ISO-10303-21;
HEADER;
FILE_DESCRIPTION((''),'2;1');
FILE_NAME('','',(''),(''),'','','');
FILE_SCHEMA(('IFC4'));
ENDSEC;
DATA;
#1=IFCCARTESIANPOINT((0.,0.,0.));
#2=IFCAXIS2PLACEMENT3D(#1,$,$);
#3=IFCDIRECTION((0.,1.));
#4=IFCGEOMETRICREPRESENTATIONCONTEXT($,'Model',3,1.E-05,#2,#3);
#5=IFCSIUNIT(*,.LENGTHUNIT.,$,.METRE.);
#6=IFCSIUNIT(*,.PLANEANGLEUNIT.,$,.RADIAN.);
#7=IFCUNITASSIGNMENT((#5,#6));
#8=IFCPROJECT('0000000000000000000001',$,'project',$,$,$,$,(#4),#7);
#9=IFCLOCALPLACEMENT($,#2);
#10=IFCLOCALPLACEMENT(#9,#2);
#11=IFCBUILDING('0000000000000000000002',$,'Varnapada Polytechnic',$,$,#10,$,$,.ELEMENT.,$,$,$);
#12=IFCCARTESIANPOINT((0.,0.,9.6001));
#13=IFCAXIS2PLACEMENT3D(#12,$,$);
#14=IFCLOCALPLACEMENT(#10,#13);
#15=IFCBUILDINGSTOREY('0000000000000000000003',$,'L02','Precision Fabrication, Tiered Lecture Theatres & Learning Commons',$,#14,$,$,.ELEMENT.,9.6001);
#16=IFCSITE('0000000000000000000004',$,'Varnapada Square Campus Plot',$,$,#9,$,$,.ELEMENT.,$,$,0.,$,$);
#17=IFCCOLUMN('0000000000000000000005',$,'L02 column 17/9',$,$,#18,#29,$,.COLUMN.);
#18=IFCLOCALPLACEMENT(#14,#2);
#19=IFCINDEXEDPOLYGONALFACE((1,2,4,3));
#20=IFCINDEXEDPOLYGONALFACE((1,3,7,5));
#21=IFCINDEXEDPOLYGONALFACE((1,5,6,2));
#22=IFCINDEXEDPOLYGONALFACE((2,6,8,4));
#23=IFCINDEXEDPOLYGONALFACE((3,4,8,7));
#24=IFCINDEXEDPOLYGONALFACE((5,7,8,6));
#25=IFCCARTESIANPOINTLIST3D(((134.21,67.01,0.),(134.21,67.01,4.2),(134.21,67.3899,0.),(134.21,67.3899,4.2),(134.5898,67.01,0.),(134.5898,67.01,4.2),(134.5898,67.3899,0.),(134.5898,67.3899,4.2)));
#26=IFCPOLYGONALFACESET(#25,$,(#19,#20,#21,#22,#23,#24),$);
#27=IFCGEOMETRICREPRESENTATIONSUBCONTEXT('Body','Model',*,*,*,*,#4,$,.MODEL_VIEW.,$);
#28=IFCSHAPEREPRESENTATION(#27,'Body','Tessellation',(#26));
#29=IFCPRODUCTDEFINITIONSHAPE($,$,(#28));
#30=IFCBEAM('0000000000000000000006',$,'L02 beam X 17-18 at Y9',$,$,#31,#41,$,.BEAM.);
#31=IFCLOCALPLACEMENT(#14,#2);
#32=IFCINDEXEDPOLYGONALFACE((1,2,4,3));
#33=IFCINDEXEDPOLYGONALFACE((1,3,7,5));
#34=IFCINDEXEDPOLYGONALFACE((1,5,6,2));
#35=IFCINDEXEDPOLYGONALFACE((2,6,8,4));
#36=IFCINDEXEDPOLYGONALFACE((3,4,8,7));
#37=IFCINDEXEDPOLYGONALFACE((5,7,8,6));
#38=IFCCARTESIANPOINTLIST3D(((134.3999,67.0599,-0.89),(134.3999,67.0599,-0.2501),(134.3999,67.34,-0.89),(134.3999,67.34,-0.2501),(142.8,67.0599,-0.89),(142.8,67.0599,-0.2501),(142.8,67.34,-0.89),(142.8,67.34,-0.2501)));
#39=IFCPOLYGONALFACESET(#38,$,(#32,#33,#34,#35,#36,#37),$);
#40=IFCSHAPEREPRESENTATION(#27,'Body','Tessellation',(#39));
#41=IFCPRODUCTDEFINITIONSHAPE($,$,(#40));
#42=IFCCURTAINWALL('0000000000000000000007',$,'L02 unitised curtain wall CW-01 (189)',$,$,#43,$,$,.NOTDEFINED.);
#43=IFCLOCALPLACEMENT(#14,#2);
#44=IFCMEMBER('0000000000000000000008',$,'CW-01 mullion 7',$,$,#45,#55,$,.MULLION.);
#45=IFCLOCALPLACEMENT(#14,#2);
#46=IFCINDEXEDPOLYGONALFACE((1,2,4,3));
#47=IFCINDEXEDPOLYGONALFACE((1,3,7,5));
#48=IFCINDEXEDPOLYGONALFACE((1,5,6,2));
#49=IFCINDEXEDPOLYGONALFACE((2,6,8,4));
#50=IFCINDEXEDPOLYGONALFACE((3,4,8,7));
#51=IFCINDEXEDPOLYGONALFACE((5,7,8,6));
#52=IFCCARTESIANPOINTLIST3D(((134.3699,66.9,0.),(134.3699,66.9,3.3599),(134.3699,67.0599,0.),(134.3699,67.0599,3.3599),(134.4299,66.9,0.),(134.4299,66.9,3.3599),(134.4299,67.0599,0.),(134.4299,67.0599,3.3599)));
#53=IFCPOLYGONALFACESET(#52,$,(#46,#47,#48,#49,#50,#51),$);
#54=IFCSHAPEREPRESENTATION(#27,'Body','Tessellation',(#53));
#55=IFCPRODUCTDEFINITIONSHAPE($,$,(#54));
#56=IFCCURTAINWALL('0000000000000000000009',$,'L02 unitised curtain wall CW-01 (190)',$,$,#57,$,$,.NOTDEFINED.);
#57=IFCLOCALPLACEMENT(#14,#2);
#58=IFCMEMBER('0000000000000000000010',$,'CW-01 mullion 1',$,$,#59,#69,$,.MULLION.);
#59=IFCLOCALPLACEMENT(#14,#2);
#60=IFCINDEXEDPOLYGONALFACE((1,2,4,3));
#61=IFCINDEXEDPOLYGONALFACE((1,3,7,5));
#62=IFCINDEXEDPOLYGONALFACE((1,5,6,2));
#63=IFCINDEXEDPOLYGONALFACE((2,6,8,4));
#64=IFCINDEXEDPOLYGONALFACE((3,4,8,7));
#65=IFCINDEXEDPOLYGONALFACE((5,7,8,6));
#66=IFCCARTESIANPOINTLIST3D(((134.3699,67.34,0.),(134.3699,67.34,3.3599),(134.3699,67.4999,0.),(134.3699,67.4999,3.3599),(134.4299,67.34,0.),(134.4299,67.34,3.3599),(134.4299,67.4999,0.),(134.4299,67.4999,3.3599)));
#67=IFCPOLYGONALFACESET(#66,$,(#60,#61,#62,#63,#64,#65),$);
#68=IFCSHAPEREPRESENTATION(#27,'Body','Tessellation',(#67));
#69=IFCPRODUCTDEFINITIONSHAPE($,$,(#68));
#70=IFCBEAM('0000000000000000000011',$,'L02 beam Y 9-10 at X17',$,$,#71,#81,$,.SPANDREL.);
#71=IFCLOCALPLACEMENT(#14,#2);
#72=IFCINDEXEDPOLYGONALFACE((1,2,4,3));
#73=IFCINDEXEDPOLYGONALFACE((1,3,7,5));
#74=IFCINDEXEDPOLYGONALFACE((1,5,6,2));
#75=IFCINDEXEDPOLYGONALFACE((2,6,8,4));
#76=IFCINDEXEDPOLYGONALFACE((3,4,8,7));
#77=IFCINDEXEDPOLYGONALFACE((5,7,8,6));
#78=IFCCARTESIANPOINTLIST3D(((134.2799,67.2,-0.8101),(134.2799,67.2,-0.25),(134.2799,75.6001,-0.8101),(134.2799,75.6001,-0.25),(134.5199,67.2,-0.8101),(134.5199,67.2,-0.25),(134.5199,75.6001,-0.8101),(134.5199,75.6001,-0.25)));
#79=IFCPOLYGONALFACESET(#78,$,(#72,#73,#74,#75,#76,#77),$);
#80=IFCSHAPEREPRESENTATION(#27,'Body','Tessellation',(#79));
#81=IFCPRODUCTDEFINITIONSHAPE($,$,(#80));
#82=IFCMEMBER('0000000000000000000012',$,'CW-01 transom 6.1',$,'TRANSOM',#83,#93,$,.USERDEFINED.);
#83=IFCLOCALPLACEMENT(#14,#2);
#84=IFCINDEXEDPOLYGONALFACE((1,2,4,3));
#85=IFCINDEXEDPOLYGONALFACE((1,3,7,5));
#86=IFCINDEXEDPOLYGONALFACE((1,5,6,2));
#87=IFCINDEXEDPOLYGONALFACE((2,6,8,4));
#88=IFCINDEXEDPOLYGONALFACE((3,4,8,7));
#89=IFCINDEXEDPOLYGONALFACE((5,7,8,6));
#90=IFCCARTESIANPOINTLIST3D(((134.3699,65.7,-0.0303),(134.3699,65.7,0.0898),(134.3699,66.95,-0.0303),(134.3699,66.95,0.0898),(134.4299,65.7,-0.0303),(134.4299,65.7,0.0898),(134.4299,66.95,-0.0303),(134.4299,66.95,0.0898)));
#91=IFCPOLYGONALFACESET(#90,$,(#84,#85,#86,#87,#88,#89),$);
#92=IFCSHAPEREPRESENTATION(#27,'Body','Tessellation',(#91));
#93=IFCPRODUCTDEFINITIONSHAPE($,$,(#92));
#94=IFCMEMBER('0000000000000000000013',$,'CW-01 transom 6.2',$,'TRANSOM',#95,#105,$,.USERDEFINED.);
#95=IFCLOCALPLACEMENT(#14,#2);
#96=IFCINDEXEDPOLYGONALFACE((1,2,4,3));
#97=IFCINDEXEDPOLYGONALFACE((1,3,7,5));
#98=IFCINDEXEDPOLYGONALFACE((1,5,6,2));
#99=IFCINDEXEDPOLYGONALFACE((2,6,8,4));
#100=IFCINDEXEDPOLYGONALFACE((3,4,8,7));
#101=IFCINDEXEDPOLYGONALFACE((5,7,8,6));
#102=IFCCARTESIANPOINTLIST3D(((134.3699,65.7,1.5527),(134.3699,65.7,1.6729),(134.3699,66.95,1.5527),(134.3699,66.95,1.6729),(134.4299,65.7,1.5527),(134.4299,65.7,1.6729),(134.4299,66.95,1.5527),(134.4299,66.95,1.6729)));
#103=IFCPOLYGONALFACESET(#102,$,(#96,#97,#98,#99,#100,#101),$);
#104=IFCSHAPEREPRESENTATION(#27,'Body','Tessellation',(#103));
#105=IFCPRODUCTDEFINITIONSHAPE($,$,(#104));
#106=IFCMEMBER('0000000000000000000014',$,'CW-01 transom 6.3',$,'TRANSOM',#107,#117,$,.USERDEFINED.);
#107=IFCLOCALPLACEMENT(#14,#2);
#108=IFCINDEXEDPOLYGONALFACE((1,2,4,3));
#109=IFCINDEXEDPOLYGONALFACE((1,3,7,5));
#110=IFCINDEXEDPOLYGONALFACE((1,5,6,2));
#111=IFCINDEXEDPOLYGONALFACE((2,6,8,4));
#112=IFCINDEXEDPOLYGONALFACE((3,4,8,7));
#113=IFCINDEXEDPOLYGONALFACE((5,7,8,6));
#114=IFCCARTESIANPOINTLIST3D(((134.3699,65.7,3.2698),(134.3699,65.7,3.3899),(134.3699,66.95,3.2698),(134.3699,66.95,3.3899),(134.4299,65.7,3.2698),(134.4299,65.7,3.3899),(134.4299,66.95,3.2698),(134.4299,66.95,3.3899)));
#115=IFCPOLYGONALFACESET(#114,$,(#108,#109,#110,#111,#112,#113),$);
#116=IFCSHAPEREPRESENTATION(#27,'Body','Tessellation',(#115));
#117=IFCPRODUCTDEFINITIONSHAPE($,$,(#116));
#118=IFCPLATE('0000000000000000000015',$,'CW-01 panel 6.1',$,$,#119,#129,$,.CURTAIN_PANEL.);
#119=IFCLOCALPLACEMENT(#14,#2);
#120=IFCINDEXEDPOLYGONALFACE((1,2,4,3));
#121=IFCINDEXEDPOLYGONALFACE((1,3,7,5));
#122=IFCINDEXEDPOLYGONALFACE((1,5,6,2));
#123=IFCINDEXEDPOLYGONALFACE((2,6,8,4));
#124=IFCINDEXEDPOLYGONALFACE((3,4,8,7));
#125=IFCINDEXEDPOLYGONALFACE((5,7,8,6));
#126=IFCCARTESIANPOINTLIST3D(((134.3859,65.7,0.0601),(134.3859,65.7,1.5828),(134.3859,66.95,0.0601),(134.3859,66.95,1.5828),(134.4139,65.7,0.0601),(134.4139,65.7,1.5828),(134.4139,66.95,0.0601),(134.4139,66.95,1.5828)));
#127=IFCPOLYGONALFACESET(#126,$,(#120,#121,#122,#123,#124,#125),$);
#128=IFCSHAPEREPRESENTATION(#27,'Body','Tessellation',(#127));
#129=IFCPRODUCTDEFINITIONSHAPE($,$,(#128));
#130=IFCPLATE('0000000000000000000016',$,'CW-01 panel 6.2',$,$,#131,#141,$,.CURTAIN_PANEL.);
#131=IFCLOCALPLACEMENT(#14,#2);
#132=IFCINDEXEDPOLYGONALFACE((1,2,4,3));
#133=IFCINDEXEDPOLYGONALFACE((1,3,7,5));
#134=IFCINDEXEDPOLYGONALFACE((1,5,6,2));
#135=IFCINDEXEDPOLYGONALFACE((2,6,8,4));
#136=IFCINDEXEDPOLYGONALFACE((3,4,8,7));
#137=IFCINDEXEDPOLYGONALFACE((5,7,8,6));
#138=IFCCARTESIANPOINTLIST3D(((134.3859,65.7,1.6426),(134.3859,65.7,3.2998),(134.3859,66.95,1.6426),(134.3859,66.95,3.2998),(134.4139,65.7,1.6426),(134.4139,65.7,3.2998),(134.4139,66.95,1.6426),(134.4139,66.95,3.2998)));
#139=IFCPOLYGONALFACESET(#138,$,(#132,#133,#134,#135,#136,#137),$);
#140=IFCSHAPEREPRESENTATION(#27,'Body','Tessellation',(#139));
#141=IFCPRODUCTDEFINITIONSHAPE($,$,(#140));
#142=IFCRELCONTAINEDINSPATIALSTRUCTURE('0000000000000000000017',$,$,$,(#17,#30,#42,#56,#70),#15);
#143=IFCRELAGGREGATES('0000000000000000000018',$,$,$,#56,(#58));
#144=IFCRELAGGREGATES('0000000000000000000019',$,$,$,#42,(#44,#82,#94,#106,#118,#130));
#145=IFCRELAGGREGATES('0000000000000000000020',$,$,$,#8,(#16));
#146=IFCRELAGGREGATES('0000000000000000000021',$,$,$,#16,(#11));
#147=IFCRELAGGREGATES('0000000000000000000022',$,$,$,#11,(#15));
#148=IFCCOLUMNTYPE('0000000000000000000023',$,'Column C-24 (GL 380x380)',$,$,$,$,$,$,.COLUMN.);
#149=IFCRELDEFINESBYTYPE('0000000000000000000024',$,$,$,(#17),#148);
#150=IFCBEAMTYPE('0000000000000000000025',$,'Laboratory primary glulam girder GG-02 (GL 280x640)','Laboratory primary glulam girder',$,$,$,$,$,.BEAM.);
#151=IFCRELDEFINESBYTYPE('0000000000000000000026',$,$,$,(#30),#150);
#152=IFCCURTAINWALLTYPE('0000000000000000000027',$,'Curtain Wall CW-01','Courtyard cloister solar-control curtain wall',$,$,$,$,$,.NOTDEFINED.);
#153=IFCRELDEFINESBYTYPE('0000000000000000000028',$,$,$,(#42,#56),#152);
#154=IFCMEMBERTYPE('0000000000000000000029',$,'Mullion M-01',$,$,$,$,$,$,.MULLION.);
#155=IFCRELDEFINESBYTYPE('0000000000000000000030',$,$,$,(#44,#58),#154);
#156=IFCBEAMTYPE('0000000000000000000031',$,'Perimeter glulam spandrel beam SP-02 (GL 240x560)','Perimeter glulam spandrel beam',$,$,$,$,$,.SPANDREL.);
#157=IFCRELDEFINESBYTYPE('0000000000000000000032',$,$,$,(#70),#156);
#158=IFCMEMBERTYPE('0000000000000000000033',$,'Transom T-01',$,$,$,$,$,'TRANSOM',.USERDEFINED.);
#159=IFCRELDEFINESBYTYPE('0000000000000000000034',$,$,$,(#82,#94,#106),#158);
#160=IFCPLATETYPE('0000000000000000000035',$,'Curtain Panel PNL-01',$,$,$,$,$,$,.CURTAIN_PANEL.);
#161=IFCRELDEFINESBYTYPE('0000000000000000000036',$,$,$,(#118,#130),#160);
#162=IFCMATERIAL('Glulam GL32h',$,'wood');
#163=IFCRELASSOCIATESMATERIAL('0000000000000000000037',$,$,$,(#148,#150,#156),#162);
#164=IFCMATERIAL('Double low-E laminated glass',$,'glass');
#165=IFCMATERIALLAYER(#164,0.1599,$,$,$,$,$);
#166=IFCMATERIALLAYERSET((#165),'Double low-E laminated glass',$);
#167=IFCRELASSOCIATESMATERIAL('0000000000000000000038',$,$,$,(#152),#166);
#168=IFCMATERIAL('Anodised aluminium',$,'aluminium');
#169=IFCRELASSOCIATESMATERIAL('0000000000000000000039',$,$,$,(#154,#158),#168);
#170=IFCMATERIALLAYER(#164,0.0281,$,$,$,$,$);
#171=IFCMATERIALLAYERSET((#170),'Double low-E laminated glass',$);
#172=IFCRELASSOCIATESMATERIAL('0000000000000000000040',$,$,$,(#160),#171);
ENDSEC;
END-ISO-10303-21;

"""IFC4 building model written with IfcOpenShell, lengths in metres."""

from ifc_helpers import new_model, si_unit, direction, frame, origin, origin_2d, place, context, subcontext, project, spatial, rectangle, extrude, material, layer, layer_set, material_profile, profile_set, type_object, element, aggregate, save


model = new_model("IFC4")

# Units and contexts
model_context = context("Model", 3, precision=1e-05, world=origin(), true_north=direction((0.0, 1.0)))
body_context = subcontext(model_context, "Body", "Model", "MODEL_VIEW")
ifc_project = project(units=[si_unit("LENGTHUNIT", "METRE"), si_unit("PLANEANGLEUNIT", "RADIAN")], contexts=[model_context])

# Site, building, storey
site_placement = place(None, origin())
site = spatial("IfcSite", under=ifc_project, at=site_placement, Name="Varnapada Square Campus Plot", CompositionType="ELEMENT", RefElevation=0.0)
building_placement = place(site_placement, origin())
building = spatial("IfcBuilding", under=site, at=building_placement, Name="Varnapada Polytechnic", CompositionType="ELEMENT")
storey_placement = place(building_placement, frame((0.0, 0.0, 9.6001)))
storey = spatial("IfcBuildingStorey", under=building, at=storey_placement, Name="L02", Description="Precision Fabrication, Tiered Lecture Theatres & Learning Commons", CompositionType="ELEMENT", Elevation=9.6001)

# Column
ifc_material_1 = material(Name="Glulam GL32h", Category="wood")
ifc_material_profile_1 = material_profile(ifc_material_1, rectangle(XDim=0.3799, YDim=0.3799, at=origin_2d()), Name="GL 380x380")
ifc_profile_set_1 = profile_set([ifc_material_profile_1], Name="Glulam GL32h")
column_type = type_object("IfcColumnType", Name="Column C-24 (GL 380x380)", PredefinedType="COLUMN", material=ifc_profile_set_1)
column_placement = place(storey_placement, frame((134.3999, 67.2, 0.0), z_axis=(0.0, 0.0, 1.0), x_axis=(1.0, 0.0, 0.0)))
element("IfcColumn", 1, at=column_placement, inside=storey, type_object=column_type, Name="L02 column 17/9", PredefinedType="COLUMN", context=body_context, shape_type="SweptSolid", body=[
    extrude(rectangle(XDim=0.3799, YDim=0.3799, at=origin_2d()), origin(), (0.0, 0.0, 1.0), 4.2),
])

# Beam
ifc_material_profile_2 = material_profile(ifc_material_1, rectangle(XDim=0.28, YDim=0.6399, at=origin_2d()), Name="GL 280x640")
ifc_profile_set_2 = profile_set([ifc_material_profile_2], Name="Glulam GL32h")
beam_type_1 = type_object("IfcBeamType", Name="Laboratory primary glulam girder GG-02 (GL 280x640)", Description="Laboratory primary glulam girder", PredefinedType="BEAM", material=ifc_profile_set_2)
beam_1_placement = place(storey_placement, frame((134.3999, 67.2, -0.5701), z_axis=(1.0, 0.0, 0.0), x_axis=(0.0, 1.0, 0.0)))
element("IfcBeam", 2, at=beam_1_placement, inside=storey, type_object=beam_type_1, Name="L02 beam X 17-18 at Y9", PredefinedType="BEAM", context=body_context, shape_type="SweptSolid", body=[
    extrude(rectangle(XDim=0.28, YDim=0.6399, at=origin_2d()), origin(), (0.0, 0.0, 1.0), 8.4001),
])

# Curtain walls, members
ifc_material_2 = material(Name="Double low-E laminated glass", Category="glass")
ifc_layer_1 = layer(ifc_material_2, 0.1599)
ifc_layer_set_1 = layer_set([ifc_layer_1], Name="Double low-E laminated glass")
curtain_wall_type = type_object("IfcCurtainWallType", Name="Curtain Wall CW-01", Description="Courtyard cloister solar-control curtain wall", PredefinedType="NOTDEFINED", material=ifc_layer_set_1)
curtain_wall_1_placement = place(storey_placement, origin())
curtain_wall_1 = element("IfcCurtainWall", 3, at=curtain_wall_1_placement, inside=storey, type_object=curtain_wall_type, Name="L02 unitised curtain wall CW-01 (189)", PredefinedType="NOTDEFINED")
ifc_material_3 = material(Name="Anodised aluminium", Category="aluminium")
ifc_material_profile_3 = material_profile(ifc_material_3, rectangle(XDim=0.0601, YDim=0.1599, at=origin_2d()), Name="ALU M60x160")
ifc_profile_set_3 = profile_set([ifc_material_profile_3], Name="Anodised aluminium")
member_type_1 = type_object("IfcMemberType", Name="Mullion M-01", PredefinedType="MULLION", material=ifc_profile_set_3)
member_1_placement = place(storey_placement, frame((134.3999, 66.98, 0.0), z_axis=(0.0, 0.0, 1.0), x_axis=(-1.0, 0.0, 0.0)))
member_1 = element("IfcMember", 4, at=member_1_placement, type_object=member_type_1, Name="CW-01 mullion 7", PredefinedType="MULLION", context=body_context, shape_type="SweptSolid", body=[
    extrude(rectangle(XDim=0.0601, YDim=0.1599, at=origin_2d()), origin(), (0.0, 0.0, 1.0), 3.3599),
])
curtain_wall_2_placement = place(storey_placement, origin())
curtain_wall_2 = element("IfcCurtainWall", 5, at=curtain_wall_2_placement, inside=storey, type_object=curtain_wall_type, Name="L02 unitised curtain wall CW-01 (190)", PredefinedType="NOTDEFINED")
member_2_placement = place(storey_placement, frame((134.3999, 67.4199, 0.0), z_axis=(0.0, 0.0, 1.0), x_axis=(-1.0, 0.0, 0.0)))
member_2 = element("IfcMember", 6, at=member_2_placement, type_object=member_type_1, Name="CW-01 mullion 1", PredefinedType="MULLION", context=body_context, shape_type="SweptSolid", body=[
    extrude(rectangle(XDim=0.0601, YDim=0.1599, at=origin_2d()), origin(), (0.0, 0.0, 1.0), 3.3599),
])
aggregate(curtain_wall_2, [member_2])

# Beam
ifc_material_profile_4 = material_profile(ifc_material_1, rectangle(XDim=0.24, YDim=0.5601, at=origin_2d()), Name="GL 240x560")
ifc_profile_set_4 = profile_set([ifc_material_profile_4], Name="Glulam GL32h")
beam_type_2 = type_object("IfcBeamType", Name="Perimeter glulam spandrel beam SP-02 (GL 240x560)", Description="Perimeter glulam spandrel beam", PredefinedType="SPANDREL", material=ifc_profile_set_4)
beam_2_placement = place(storey_placement, frame((134.3999, 67.2, -0.53), z_axis=(0.0, 1.0, 0.0), x_axis=(-1.0, 0.0, 0.0)))
element("IfcBeam", 7, at=beam_2_placement, inside=storey, type_object=beam_type_2, Name="L02 beam Y 9-10 at X17", PredefinedType="SPANDREL", context=body_context, shape_type="SweptSolid", body=[
    extrude(rectangle(XDim=0.24, YDim=0.5601, at=origin_2d()), origin(), (0.0, 0.0, 1.0), 8.4001),
])

# Members
ifc_material_profile_5 = material_profile(ifc_material_3, rectangle(XDim=0.0601, YDim=0.1201, at=origin_2d()), Name="ALU T60x120")
ifc_profile_set_5 = profile_set([ifc_material_profile_5], Name="Anodised aluminium")
member_type_2 = type_object("IfcMemberType", Name="Transom T-01", ElementType="TRANSOM", PredefinedType="USERDEFINED", material=ifc_profile_set_5)
member_3_placement = place(storey_placement, frame((134.3999, 65.7, 0.0298), z_axis=(0.0, 1.0, 0.0), x_axis=(-1.0, 0.0, 0.0)))
member_3 = element("IfcMember", 8, at=member_3_placement, type_object=member_type_2, Name="CW-01 transom 6.1", ObjectType="TRANSOM", PredefinedType="USERDEFINED", context=body_context, shape_type="SweptSolid", body=[
    extrude(rectangle(XDim=0.0601, YDim=0.1201, at=origin_2d()), origin(), (0.0, 0.0, 1.0), 1.25),
])
member_4_placement = place(storey_placement, frame((134.3999, 65.7, 1.6128), z_axis=(0.0, 1.0, 0.0), x_axis=(-1.0, 0.0, 0.0)))
member_4 = element("IfcMember", 9, at=member_4_placement, type_object=member_type_2, Name="CW-01 transom 6.2", ObjectType="TRANSOM", PredefinedType="USERDEFINED", context=body_context, shape_type="SweptSolid", body=[
    extrude(rectangle(XDim=0.0601, YDim=0.1201, at=origin_2d()), origin(), (0.0, 0.0, 1.0), 1.25),
])
member_5_placement = place(storey_placement, frame((134.3999, 65.7, 3.3298), z_axis=(0.0, 1.0, 0.0), x_axis=(-1.0, 0.0, 0.0)))
member_5 = element("IfcMember", 10, at=member_5_placement, type_object=member_type_2, Name="CW-01 transom 6.3", ObjectType="TRANSOM", PredefinedType="USERDEFINED", context=body_context, shape_type="SweptSolid", body=[
    extrude(rectangle(XDim=0.0601, YDim=0.1201, at=origin_2d()), origin(), (0.0, 0.0, 1.0), 1.25),
])

# Plates
ifc_layer_2 = layer(ifc_material_2, 0.0281)
ifc_layer_set_2 = layer_set([ifc_layer_2], Name="Double low-E laminated glass")
plate_type = type_object("IfcPlateType", Name="Curtain Panel PNL-01", PredefinedType="CURTAIN_PANEL", material=ifc_layer_set_2)
plate_1_placement = place(storey_placement, frame((134.3999, 66.325, 0.0601), z_axis=(0.0, 0.0, 1.0), x_axis=(0.0, 1.0, 0.0)))
plate_1 = element("IfcPlate", 11, at=plate_1_placement, type_object=plate_type, Name="CW-01 panel 6.1", PredefinedType="CURTAIN_PANEL", context=body_context, shape_type="SweptSolid", body=[
    extrude(rectangle(XDim=1.25, YDim=0.0281, at=origin_2d()), origin(), (0.0, 0.0, 1.0), 1.5227),
])
plate_2_placement = place(storey_placement, frame((134.3999, 66.325, 1.6426), z_axis=(0.0, 0.0, 1.0), x_axis=(0.0, 1.0, 0.0)))
plate_2 = element("IfcPlate", 12, at=plate_2_placement, type_object=plate_type, Name="CW-01 panel 6.2", PredefinedType="CURTAIN_PANEL", context=body_context, shape_type="SweptSolid", body=[
    extrude(rectangle(XDim=1.25, YDim=0.0281, at=origin_2d()), origin(), (0.0, 0.0, 1.0), 1.6572),
])
aggregate(curtain_wall_1, [member_1, member_3, member_4, member_5, plate_1, plate_2])

save(model, "model.ifc")
